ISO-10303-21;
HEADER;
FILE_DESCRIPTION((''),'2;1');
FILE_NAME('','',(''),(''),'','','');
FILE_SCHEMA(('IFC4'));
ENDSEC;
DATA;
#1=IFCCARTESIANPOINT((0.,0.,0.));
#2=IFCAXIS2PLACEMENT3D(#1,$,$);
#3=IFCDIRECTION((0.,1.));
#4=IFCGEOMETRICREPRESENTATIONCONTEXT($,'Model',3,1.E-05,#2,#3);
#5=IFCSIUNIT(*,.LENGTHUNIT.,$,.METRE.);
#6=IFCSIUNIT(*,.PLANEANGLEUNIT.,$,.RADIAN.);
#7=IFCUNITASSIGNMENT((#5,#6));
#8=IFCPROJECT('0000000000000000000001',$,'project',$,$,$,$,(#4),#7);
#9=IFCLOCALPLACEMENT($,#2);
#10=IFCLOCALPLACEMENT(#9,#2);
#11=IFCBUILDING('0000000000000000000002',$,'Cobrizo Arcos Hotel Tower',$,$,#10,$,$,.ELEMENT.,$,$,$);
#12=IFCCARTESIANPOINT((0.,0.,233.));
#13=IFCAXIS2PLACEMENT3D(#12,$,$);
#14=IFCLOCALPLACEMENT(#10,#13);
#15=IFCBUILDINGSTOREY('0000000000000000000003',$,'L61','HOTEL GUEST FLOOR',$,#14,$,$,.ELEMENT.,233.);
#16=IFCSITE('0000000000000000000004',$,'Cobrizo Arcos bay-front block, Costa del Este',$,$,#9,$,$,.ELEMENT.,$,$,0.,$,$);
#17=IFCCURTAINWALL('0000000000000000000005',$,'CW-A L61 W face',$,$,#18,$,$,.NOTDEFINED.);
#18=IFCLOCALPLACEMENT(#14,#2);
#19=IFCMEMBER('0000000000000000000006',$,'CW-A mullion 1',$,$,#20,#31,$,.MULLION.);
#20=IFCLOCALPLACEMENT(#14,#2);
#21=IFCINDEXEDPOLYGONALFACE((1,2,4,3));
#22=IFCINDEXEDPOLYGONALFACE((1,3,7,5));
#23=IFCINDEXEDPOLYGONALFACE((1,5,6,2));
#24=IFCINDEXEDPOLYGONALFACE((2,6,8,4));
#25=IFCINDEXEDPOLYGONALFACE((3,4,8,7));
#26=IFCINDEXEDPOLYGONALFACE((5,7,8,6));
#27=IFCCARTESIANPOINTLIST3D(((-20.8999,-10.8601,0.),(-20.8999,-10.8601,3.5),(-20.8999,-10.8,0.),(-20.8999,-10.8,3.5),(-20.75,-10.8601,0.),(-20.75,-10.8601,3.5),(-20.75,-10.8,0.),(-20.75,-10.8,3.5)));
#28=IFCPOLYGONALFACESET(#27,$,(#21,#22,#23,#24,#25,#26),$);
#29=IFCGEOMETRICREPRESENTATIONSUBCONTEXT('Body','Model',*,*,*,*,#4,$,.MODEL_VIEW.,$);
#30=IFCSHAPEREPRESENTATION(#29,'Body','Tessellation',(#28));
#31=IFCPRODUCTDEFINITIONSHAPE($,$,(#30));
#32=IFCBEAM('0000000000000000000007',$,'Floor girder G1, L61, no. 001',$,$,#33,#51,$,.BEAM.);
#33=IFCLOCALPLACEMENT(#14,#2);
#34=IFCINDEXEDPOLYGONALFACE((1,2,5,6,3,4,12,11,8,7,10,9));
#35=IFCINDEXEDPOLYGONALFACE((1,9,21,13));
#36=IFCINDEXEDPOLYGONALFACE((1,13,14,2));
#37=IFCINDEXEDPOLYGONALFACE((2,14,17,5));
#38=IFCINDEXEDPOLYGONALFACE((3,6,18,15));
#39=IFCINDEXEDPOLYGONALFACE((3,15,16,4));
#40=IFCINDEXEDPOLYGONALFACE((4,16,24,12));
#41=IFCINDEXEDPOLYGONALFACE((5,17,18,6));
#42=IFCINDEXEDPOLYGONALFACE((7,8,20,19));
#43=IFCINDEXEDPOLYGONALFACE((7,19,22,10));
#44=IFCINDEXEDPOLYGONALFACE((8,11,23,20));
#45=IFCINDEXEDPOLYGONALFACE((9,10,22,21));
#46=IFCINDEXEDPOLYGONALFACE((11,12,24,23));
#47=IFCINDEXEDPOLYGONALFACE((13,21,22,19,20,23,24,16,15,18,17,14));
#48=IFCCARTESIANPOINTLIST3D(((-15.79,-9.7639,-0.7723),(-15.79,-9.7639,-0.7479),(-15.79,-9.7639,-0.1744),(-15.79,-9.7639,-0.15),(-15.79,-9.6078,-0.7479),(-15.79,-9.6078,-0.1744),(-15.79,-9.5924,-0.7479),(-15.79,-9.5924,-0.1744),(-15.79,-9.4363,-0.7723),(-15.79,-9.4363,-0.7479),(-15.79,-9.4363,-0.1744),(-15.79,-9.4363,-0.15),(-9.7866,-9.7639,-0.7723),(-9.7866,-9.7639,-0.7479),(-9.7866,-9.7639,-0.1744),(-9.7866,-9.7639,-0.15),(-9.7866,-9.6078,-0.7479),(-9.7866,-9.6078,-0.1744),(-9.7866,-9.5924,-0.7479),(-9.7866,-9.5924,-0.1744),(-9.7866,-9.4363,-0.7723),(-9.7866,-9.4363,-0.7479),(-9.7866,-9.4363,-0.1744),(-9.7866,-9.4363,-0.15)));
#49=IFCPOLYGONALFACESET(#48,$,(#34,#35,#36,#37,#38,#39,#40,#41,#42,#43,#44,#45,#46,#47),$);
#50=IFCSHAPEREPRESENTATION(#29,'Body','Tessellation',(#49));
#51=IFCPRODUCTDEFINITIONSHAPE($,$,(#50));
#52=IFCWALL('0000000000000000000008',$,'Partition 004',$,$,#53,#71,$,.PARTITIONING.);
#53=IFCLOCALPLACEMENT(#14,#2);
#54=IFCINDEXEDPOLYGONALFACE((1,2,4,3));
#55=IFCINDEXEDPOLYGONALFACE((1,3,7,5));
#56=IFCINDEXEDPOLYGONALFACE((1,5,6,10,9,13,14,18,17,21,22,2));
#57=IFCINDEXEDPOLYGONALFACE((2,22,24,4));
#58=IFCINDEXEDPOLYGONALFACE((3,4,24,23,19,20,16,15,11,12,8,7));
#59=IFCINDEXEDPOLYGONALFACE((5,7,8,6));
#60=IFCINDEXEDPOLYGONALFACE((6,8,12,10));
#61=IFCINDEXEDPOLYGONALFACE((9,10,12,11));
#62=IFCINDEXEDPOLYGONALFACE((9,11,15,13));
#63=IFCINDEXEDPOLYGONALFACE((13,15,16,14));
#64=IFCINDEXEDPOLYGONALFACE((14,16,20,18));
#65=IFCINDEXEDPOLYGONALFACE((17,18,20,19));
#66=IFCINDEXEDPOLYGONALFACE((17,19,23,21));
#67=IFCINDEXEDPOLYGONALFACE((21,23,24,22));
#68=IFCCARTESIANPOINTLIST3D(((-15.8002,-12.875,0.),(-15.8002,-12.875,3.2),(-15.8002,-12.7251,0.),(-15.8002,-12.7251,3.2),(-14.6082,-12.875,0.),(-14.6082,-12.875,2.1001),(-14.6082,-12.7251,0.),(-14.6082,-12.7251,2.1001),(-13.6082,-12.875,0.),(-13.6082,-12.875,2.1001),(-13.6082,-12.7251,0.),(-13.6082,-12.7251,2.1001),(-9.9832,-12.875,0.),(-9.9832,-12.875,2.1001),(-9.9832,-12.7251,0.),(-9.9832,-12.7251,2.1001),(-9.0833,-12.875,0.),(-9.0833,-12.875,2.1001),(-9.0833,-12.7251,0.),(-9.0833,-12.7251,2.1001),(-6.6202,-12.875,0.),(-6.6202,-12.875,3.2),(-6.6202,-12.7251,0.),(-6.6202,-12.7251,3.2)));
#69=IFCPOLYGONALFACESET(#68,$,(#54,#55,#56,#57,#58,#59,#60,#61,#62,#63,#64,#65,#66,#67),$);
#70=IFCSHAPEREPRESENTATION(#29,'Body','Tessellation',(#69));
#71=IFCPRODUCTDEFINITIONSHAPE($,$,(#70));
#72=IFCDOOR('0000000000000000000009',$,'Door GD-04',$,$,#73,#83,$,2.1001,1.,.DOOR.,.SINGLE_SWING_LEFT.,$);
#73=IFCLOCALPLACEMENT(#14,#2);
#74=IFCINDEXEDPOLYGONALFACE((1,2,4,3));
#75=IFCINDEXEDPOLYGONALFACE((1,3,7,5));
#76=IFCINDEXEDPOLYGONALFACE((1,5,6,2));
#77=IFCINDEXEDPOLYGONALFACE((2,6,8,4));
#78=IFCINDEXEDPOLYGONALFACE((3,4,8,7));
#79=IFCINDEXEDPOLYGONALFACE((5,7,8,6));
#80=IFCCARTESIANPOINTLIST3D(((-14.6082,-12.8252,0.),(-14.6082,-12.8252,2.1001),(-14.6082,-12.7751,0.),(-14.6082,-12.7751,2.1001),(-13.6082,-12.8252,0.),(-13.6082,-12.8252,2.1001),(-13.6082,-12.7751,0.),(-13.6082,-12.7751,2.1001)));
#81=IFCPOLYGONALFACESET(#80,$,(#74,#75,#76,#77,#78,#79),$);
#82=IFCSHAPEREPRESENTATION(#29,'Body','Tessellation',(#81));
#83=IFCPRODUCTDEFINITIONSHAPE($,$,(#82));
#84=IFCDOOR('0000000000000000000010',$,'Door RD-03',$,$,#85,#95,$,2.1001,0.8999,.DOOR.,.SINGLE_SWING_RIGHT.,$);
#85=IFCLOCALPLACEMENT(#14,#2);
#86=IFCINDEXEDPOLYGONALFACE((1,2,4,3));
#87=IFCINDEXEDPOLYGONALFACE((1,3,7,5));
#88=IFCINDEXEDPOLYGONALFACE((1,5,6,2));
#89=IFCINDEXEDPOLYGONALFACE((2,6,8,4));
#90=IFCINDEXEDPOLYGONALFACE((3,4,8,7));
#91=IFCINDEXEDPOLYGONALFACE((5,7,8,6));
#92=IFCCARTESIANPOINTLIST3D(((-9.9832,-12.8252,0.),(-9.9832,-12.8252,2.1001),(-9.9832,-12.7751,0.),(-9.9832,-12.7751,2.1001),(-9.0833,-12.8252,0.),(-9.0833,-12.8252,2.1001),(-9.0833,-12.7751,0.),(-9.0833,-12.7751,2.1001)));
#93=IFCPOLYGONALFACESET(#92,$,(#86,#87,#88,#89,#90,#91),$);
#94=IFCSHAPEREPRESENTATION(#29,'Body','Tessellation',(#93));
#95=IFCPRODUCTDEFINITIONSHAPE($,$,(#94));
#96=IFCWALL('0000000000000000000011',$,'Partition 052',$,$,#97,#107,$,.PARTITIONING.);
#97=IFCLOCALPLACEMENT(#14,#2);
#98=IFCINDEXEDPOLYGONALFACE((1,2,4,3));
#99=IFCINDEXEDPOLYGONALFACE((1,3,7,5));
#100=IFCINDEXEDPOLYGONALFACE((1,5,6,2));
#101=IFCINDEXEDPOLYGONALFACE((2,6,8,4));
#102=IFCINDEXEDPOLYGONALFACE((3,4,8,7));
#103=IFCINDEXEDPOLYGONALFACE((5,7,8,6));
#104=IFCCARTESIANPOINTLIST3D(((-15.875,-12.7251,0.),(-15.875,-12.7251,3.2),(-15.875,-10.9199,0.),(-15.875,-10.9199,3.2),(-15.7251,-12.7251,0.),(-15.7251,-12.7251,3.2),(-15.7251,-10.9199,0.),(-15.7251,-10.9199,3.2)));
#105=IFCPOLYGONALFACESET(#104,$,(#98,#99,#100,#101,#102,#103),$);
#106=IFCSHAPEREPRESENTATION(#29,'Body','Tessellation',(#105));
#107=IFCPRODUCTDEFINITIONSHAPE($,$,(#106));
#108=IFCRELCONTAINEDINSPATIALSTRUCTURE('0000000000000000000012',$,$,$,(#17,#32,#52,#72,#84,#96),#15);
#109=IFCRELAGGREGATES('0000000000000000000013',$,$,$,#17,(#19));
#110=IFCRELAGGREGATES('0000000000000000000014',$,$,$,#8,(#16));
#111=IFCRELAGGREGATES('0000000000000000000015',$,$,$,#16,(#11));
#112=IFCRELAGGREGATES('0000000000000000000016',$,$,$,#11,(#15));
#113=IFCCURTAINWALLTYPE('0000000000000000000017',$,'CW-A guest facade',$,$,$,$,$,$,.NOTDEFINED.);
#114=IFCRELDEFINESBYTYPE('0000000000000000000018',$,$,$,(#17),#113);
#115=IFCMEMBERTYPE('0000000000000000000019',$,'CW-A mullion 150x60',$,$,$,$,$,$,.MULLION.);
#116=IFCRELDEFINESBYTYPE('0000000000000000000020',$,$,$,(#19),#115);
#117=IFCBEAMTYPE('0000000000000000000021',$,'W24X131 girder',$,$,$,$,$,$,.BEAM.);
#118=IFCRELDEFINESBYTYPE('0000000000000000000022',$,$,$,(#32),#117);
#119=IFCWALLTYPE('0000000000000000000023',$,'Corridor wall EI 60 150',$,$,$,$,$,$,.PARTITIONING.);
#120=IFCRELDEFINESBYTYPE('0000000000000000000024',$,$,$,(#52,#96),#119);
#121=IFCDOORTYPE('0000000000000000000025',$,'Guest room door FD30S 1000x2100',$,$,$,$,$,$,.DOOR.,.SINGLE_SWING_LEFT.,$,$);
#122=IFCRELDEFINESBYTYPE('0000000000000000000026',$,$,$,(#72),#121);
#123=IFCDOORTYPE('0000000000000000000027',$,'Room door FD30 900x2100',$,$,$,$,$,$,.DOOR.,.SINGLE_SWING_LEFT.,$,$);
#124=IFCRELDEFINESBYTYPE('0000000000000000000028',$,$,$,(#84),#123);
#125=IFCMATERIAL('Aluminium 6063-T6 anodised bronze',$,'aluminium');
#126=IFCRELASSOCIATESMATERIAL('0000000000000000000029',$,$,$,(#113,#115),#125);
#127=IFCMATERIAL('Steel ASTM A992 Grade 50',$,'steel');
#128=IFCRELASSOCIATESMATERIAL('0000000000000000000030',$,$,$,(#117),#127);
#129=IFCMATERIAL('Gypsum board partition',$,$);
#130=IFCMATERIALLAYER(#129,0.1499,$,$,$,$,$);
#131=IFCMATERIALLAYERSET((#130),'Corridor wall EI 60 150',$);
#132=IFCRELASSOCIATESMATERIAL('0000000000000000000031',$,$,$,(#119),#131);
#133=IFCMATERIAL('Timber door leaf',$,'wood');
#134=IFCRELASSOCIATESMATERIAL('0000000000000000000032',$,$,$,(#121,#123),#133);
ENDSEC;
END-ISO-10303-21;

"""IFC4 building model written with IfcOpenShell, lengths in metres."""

from ifc_helpers import new_model, si_unit, direction, frame, frame_2d, origin, origin_2d, place, context, subcontext, project, spatial, rectangle, i_section, extrude, material, layer, layer_set, material_profile, profile_set, type_object, element, fill, aggregate, save


model = new_model("IFC4")

# Units and contexts
model_context = context("Model", 3, precision=1e-05, world=origin(), true_north=direction((0.0, 1.0)))
body_context = subcontext(model_context, "Body", "Model", "MODEL_VIEW")
ifc_project = project(units=[si_unit("LENGTHUNIT", "METRE"), si_unit("PLANEANGLEUNIT", "RADIAN")], contexts=[model_context])

# Site, building, storey
site_placement = place(None, origin())
site = spatial("IfcSite", under=ifc_project, at=site_placement, Name="Cobrizo Arcos bay-front block, Costa del Este", CompositionType="ELEMENT", RefElevation=0.0)
building_placement = place(site_placement, origin())
building = spatial("IfcBuilding", under=site, at=building_placement, Name="Cobrizo Arcos Hotel Tower", CompositionType="ELEMENT")
storey_placement = place(building_placement, frame((0.0, 0.0, 233.0)))
storey = spatial("IfcBuildingStorey", under=building, at=storey_placement, Name="L61", Description="HOTEL GUEST FLOOR", CompositionType="ELEMENT", Elevation=233.0)

# Curtain wall, member
ifc_material_1 = material(Name="Aluminium 6063-T6 anodised bronze", Category="aluminium")
curtain_wall_type = type_object("IfcCurtainWallType", Name="CW-A guest facade", PredefinedType="NOTDEFINED", material=ifc_material_1)
curtain_wall_placement = place(storey_placement, origin())
curtain_wall = element("IfcCurtainWall", 1, at=curtain_wall_placement, inside=storey, type_object=curtain_wall_type, Name="CW-A L61 W face", PredefinedType="NOTDEFINED")
ifc_material_profile_1 = material_profile(ifc_material_1, rectangle(XDim=0.1499, YDim=0.0601, at=origin_2d()), Name="CW-A mullion 150x60")
ifc_profile_set_1 = profile_set([ifc_material_profile_1], Name="Aluminium 6063-T6 anodised bronze")
member_type = type_object("IfcMemberType", Name="CW-A mullion 150x60", PredefinedType="MULLION", material=ifc_profile_set_1)
member_placement = place(storey_placement, frame((-20.825, -10.8301, 0.0), z_axis=(0.0, 0.0, 1.0), x_axis=(-1.0, 0.0, 0.0)))
member = element("IfcMember", 2, at=member_placement, type_object=member_type, Name="CW-A mullion 1", PredefinedType="MULLION", context=body_context, shape_type="SweptSolid", body=[
    extrude(rectangle(XDim=0.1499, YDim=0.0601, at=origin_2d()), origin(), (0.0, 0.0, 1.0), 3.5),
])
aggregate(curtain_wall, [member])

# Beam
ifc_material_2 = material(Name="Steel ASTM A992 Grade 50", Category="steel")
ifc_material_profile_2 = material_profile(ifc_material_2, i_section(OverallWidth=0.3276, OverallDepth=0.6223, WebThickness=0.0154, FlangeThickness=0.0244, at=origin_2d()), Name="W24X131")
ifc_profile_set_2 = profile_set([ifc_material_profile_2], Name="Steel ASTM A992 Grade 50")
beam_type = type_object("IfcBeamType", Name="W24X131 girder", PredefinedType="BEAM", material=ifc_profile_set_2)
beam_placement = place(storey_placement, frame((-15.79, -9.6001, -0.4612), z_axis=(1.0, 0.0, 0.0), x_axis=(0.0, 1.0, 0.0)))
element("IfcBeam", 3, at=beam_placement, inside=storey, type_object=beam_type, Name="Floor girder G1, L61, no. 001", PredefinedType="BEAM", context=body_context, shape_type="SweptSolid", body=[
    extrude(i_section(OverallWidth=0.3276, OverallDepth=0.6223, WebThickness=0.0154, FlangeThickness=0.0244, at=origin_2d()), origin(), (0.0, 0.0, 1.0), 6.0034),
])

# Wall, openings, doors
ifc_material_3 = material(Name="Gypsum board partition")
ifc_layer_1 = layer(ifc_material_3, 0.1499)
ifc_layer_set_1 = layer_set([ifc_layer_1], Name="Corridor wall EI 60 150")
wall_type_1 = type_object("IfcWallType", Name="Corridor wall EI 60 150", PredefinedType="PARTITIONING", material=ifc_layer_set_1)
wall_1_placement = place(storey_placement, frame((-15.8, -12.8, 0.0), z_axis=(0.0, 0.0, 1.0), x_axis=(1.0, 0.0, 0.0)))
wall_1 = element("IfcWall", 4, at=wall_1_placement, inside=storey, type_object=wall_type_1, Name="Partition 004", PredefinedType="PARTITIONING", context=body_context, shape_type="SweptSolid", body=[
    extrude(rectangle(XDim=9.1799, YDim=0.1499, at=frame_2d((4.5898, 0.0))), origin(), (0.0, 0.0, 1.0), 3.2),
])
opening_1_placement = place(wall_1_placement, frame((5.8169, 0.0, 0.0)))
opening_1 = element("IfcOpeningElement", 5, at=opening_1_placement, cuts=wall_1, PredefinedType="OPENING", context=body_context, shape_type="SweptSolid", body=[
    extrude(rectangle(XDim=0.8999, YDim=2.1001, at=frame_2d((0.45, 1.05))), frame((0.0, 0.0869, 0.0), z_axis=(0.0, -1.0, 0.0), x_axis=(1.0, 0.0, 0.0)), (0.0, 0.0, 1.0), 0.1738),
])
opening_2_placement = place(wall_1_placement, frame((1.1919, 0.0, 0.0)))
opening_2 = element("IfcOpeningElement", 6, at=opening_2_placement, cuts=wall_1, PredefinedType="OPENING", context=body_context, shape_type="SweptSolid", body=[
    extrude(rectangle(XDim=1.0, YDim=2.1001, at=frame_2d((0.5, 1.05))), frame((0.0, 0.0869, 0.0), z_axis=(0.0, -1.0, 0.0), x_axis=(1.0, 0.0, 0.0)), (0.0, 0.0, 1.0), 0.1738),
])
ifc_material_4 = material(Name="Timber door leaf", Category="wood")
door_type_1 = type_object("IfcDoorType", Name="Guest room door FD30S 1000x2100", OperationType="SINGLE_SWING_LEFT", PredefinedType="DOOR", material=ifc_material_4)
door_1_placement = place(opening_2_placement, origin())
door_1 = element("IfcDoor", 7, at=door_1_placement, inside=storey, type_object=door_type_1, Name="Door GD-04", OperationType="SINGLE_SWING_LEFT", OverallHeight=2.1001, OverallWidth=1.0, PredefinedType="DOOR", context=body_context, shape_type="SweptSolid", body=[
    extrude(rectangle(XDim=1.0, YDim=2.1001, at=frame_2d((0.5, 1.05))), frame((0.0, 0.0249, 0.0), z_axis=(0.0, -1.0, 0.0), x_axis=(1.0, 0.0, 0.0)), (0.0, 0.0, 1.0), 0.05),
])
fill(opening_2, door_1)
door_type_2 = type_object("IfcDoorType", Name="Room door FD30 900x2100", OperationType="SINGLE_SWING_LEFT", PredefinedType="DOOR", material=ifc_material_4)
door_2_placement = place(opening_1_placement, origin())
door_2 = element("IfcDoor", 8, at=door_2_placement, inside=storey, type_object=door_type_2, Name="Door RD-03", OperationType="SINGLE_SWING_RIGHT", OverallHeight=2.1001, OverallWidth=0.8999, PredefinedType="DOOR", context=body_context, shape_type="SweptSolid", body=[
    extrude(rectangle(XDim=0.8999, YDim=2.1001, at=frame_2d((0.45, 1.05))), frame((0.0, 0.0249, 0.0), z_axis=(0.0, -1.0, 0.0), x_axis=(1.0, 0.0, 0.0)), (0.0, 0.0, 1.0), 0.05),
])
fill(opening_1, door_2)

# Wall
wall_2_placement = place(storey_placement, frame((-15.8, -12.7251, 0.0), z_axis=(0.0, 0.0, 1.0), x_axis=(0.0, 1.0, 0.0)))
element("IfcWall", 9, at=wall_2_placement, inside=storey, type_object=wall_type_1, Name="Partition 052", PredefinedType="PARTITIONING", context=body_context, shape_type="SweptSolid", body=[
    extrude(rectangle(XDim=1.8052, YDim=0.1499, at=frame_2d((0.9026, 0.0))), origin(), (0.0, 0.0, 1.0), 3.2),
])

save(model, "model.ifc")
